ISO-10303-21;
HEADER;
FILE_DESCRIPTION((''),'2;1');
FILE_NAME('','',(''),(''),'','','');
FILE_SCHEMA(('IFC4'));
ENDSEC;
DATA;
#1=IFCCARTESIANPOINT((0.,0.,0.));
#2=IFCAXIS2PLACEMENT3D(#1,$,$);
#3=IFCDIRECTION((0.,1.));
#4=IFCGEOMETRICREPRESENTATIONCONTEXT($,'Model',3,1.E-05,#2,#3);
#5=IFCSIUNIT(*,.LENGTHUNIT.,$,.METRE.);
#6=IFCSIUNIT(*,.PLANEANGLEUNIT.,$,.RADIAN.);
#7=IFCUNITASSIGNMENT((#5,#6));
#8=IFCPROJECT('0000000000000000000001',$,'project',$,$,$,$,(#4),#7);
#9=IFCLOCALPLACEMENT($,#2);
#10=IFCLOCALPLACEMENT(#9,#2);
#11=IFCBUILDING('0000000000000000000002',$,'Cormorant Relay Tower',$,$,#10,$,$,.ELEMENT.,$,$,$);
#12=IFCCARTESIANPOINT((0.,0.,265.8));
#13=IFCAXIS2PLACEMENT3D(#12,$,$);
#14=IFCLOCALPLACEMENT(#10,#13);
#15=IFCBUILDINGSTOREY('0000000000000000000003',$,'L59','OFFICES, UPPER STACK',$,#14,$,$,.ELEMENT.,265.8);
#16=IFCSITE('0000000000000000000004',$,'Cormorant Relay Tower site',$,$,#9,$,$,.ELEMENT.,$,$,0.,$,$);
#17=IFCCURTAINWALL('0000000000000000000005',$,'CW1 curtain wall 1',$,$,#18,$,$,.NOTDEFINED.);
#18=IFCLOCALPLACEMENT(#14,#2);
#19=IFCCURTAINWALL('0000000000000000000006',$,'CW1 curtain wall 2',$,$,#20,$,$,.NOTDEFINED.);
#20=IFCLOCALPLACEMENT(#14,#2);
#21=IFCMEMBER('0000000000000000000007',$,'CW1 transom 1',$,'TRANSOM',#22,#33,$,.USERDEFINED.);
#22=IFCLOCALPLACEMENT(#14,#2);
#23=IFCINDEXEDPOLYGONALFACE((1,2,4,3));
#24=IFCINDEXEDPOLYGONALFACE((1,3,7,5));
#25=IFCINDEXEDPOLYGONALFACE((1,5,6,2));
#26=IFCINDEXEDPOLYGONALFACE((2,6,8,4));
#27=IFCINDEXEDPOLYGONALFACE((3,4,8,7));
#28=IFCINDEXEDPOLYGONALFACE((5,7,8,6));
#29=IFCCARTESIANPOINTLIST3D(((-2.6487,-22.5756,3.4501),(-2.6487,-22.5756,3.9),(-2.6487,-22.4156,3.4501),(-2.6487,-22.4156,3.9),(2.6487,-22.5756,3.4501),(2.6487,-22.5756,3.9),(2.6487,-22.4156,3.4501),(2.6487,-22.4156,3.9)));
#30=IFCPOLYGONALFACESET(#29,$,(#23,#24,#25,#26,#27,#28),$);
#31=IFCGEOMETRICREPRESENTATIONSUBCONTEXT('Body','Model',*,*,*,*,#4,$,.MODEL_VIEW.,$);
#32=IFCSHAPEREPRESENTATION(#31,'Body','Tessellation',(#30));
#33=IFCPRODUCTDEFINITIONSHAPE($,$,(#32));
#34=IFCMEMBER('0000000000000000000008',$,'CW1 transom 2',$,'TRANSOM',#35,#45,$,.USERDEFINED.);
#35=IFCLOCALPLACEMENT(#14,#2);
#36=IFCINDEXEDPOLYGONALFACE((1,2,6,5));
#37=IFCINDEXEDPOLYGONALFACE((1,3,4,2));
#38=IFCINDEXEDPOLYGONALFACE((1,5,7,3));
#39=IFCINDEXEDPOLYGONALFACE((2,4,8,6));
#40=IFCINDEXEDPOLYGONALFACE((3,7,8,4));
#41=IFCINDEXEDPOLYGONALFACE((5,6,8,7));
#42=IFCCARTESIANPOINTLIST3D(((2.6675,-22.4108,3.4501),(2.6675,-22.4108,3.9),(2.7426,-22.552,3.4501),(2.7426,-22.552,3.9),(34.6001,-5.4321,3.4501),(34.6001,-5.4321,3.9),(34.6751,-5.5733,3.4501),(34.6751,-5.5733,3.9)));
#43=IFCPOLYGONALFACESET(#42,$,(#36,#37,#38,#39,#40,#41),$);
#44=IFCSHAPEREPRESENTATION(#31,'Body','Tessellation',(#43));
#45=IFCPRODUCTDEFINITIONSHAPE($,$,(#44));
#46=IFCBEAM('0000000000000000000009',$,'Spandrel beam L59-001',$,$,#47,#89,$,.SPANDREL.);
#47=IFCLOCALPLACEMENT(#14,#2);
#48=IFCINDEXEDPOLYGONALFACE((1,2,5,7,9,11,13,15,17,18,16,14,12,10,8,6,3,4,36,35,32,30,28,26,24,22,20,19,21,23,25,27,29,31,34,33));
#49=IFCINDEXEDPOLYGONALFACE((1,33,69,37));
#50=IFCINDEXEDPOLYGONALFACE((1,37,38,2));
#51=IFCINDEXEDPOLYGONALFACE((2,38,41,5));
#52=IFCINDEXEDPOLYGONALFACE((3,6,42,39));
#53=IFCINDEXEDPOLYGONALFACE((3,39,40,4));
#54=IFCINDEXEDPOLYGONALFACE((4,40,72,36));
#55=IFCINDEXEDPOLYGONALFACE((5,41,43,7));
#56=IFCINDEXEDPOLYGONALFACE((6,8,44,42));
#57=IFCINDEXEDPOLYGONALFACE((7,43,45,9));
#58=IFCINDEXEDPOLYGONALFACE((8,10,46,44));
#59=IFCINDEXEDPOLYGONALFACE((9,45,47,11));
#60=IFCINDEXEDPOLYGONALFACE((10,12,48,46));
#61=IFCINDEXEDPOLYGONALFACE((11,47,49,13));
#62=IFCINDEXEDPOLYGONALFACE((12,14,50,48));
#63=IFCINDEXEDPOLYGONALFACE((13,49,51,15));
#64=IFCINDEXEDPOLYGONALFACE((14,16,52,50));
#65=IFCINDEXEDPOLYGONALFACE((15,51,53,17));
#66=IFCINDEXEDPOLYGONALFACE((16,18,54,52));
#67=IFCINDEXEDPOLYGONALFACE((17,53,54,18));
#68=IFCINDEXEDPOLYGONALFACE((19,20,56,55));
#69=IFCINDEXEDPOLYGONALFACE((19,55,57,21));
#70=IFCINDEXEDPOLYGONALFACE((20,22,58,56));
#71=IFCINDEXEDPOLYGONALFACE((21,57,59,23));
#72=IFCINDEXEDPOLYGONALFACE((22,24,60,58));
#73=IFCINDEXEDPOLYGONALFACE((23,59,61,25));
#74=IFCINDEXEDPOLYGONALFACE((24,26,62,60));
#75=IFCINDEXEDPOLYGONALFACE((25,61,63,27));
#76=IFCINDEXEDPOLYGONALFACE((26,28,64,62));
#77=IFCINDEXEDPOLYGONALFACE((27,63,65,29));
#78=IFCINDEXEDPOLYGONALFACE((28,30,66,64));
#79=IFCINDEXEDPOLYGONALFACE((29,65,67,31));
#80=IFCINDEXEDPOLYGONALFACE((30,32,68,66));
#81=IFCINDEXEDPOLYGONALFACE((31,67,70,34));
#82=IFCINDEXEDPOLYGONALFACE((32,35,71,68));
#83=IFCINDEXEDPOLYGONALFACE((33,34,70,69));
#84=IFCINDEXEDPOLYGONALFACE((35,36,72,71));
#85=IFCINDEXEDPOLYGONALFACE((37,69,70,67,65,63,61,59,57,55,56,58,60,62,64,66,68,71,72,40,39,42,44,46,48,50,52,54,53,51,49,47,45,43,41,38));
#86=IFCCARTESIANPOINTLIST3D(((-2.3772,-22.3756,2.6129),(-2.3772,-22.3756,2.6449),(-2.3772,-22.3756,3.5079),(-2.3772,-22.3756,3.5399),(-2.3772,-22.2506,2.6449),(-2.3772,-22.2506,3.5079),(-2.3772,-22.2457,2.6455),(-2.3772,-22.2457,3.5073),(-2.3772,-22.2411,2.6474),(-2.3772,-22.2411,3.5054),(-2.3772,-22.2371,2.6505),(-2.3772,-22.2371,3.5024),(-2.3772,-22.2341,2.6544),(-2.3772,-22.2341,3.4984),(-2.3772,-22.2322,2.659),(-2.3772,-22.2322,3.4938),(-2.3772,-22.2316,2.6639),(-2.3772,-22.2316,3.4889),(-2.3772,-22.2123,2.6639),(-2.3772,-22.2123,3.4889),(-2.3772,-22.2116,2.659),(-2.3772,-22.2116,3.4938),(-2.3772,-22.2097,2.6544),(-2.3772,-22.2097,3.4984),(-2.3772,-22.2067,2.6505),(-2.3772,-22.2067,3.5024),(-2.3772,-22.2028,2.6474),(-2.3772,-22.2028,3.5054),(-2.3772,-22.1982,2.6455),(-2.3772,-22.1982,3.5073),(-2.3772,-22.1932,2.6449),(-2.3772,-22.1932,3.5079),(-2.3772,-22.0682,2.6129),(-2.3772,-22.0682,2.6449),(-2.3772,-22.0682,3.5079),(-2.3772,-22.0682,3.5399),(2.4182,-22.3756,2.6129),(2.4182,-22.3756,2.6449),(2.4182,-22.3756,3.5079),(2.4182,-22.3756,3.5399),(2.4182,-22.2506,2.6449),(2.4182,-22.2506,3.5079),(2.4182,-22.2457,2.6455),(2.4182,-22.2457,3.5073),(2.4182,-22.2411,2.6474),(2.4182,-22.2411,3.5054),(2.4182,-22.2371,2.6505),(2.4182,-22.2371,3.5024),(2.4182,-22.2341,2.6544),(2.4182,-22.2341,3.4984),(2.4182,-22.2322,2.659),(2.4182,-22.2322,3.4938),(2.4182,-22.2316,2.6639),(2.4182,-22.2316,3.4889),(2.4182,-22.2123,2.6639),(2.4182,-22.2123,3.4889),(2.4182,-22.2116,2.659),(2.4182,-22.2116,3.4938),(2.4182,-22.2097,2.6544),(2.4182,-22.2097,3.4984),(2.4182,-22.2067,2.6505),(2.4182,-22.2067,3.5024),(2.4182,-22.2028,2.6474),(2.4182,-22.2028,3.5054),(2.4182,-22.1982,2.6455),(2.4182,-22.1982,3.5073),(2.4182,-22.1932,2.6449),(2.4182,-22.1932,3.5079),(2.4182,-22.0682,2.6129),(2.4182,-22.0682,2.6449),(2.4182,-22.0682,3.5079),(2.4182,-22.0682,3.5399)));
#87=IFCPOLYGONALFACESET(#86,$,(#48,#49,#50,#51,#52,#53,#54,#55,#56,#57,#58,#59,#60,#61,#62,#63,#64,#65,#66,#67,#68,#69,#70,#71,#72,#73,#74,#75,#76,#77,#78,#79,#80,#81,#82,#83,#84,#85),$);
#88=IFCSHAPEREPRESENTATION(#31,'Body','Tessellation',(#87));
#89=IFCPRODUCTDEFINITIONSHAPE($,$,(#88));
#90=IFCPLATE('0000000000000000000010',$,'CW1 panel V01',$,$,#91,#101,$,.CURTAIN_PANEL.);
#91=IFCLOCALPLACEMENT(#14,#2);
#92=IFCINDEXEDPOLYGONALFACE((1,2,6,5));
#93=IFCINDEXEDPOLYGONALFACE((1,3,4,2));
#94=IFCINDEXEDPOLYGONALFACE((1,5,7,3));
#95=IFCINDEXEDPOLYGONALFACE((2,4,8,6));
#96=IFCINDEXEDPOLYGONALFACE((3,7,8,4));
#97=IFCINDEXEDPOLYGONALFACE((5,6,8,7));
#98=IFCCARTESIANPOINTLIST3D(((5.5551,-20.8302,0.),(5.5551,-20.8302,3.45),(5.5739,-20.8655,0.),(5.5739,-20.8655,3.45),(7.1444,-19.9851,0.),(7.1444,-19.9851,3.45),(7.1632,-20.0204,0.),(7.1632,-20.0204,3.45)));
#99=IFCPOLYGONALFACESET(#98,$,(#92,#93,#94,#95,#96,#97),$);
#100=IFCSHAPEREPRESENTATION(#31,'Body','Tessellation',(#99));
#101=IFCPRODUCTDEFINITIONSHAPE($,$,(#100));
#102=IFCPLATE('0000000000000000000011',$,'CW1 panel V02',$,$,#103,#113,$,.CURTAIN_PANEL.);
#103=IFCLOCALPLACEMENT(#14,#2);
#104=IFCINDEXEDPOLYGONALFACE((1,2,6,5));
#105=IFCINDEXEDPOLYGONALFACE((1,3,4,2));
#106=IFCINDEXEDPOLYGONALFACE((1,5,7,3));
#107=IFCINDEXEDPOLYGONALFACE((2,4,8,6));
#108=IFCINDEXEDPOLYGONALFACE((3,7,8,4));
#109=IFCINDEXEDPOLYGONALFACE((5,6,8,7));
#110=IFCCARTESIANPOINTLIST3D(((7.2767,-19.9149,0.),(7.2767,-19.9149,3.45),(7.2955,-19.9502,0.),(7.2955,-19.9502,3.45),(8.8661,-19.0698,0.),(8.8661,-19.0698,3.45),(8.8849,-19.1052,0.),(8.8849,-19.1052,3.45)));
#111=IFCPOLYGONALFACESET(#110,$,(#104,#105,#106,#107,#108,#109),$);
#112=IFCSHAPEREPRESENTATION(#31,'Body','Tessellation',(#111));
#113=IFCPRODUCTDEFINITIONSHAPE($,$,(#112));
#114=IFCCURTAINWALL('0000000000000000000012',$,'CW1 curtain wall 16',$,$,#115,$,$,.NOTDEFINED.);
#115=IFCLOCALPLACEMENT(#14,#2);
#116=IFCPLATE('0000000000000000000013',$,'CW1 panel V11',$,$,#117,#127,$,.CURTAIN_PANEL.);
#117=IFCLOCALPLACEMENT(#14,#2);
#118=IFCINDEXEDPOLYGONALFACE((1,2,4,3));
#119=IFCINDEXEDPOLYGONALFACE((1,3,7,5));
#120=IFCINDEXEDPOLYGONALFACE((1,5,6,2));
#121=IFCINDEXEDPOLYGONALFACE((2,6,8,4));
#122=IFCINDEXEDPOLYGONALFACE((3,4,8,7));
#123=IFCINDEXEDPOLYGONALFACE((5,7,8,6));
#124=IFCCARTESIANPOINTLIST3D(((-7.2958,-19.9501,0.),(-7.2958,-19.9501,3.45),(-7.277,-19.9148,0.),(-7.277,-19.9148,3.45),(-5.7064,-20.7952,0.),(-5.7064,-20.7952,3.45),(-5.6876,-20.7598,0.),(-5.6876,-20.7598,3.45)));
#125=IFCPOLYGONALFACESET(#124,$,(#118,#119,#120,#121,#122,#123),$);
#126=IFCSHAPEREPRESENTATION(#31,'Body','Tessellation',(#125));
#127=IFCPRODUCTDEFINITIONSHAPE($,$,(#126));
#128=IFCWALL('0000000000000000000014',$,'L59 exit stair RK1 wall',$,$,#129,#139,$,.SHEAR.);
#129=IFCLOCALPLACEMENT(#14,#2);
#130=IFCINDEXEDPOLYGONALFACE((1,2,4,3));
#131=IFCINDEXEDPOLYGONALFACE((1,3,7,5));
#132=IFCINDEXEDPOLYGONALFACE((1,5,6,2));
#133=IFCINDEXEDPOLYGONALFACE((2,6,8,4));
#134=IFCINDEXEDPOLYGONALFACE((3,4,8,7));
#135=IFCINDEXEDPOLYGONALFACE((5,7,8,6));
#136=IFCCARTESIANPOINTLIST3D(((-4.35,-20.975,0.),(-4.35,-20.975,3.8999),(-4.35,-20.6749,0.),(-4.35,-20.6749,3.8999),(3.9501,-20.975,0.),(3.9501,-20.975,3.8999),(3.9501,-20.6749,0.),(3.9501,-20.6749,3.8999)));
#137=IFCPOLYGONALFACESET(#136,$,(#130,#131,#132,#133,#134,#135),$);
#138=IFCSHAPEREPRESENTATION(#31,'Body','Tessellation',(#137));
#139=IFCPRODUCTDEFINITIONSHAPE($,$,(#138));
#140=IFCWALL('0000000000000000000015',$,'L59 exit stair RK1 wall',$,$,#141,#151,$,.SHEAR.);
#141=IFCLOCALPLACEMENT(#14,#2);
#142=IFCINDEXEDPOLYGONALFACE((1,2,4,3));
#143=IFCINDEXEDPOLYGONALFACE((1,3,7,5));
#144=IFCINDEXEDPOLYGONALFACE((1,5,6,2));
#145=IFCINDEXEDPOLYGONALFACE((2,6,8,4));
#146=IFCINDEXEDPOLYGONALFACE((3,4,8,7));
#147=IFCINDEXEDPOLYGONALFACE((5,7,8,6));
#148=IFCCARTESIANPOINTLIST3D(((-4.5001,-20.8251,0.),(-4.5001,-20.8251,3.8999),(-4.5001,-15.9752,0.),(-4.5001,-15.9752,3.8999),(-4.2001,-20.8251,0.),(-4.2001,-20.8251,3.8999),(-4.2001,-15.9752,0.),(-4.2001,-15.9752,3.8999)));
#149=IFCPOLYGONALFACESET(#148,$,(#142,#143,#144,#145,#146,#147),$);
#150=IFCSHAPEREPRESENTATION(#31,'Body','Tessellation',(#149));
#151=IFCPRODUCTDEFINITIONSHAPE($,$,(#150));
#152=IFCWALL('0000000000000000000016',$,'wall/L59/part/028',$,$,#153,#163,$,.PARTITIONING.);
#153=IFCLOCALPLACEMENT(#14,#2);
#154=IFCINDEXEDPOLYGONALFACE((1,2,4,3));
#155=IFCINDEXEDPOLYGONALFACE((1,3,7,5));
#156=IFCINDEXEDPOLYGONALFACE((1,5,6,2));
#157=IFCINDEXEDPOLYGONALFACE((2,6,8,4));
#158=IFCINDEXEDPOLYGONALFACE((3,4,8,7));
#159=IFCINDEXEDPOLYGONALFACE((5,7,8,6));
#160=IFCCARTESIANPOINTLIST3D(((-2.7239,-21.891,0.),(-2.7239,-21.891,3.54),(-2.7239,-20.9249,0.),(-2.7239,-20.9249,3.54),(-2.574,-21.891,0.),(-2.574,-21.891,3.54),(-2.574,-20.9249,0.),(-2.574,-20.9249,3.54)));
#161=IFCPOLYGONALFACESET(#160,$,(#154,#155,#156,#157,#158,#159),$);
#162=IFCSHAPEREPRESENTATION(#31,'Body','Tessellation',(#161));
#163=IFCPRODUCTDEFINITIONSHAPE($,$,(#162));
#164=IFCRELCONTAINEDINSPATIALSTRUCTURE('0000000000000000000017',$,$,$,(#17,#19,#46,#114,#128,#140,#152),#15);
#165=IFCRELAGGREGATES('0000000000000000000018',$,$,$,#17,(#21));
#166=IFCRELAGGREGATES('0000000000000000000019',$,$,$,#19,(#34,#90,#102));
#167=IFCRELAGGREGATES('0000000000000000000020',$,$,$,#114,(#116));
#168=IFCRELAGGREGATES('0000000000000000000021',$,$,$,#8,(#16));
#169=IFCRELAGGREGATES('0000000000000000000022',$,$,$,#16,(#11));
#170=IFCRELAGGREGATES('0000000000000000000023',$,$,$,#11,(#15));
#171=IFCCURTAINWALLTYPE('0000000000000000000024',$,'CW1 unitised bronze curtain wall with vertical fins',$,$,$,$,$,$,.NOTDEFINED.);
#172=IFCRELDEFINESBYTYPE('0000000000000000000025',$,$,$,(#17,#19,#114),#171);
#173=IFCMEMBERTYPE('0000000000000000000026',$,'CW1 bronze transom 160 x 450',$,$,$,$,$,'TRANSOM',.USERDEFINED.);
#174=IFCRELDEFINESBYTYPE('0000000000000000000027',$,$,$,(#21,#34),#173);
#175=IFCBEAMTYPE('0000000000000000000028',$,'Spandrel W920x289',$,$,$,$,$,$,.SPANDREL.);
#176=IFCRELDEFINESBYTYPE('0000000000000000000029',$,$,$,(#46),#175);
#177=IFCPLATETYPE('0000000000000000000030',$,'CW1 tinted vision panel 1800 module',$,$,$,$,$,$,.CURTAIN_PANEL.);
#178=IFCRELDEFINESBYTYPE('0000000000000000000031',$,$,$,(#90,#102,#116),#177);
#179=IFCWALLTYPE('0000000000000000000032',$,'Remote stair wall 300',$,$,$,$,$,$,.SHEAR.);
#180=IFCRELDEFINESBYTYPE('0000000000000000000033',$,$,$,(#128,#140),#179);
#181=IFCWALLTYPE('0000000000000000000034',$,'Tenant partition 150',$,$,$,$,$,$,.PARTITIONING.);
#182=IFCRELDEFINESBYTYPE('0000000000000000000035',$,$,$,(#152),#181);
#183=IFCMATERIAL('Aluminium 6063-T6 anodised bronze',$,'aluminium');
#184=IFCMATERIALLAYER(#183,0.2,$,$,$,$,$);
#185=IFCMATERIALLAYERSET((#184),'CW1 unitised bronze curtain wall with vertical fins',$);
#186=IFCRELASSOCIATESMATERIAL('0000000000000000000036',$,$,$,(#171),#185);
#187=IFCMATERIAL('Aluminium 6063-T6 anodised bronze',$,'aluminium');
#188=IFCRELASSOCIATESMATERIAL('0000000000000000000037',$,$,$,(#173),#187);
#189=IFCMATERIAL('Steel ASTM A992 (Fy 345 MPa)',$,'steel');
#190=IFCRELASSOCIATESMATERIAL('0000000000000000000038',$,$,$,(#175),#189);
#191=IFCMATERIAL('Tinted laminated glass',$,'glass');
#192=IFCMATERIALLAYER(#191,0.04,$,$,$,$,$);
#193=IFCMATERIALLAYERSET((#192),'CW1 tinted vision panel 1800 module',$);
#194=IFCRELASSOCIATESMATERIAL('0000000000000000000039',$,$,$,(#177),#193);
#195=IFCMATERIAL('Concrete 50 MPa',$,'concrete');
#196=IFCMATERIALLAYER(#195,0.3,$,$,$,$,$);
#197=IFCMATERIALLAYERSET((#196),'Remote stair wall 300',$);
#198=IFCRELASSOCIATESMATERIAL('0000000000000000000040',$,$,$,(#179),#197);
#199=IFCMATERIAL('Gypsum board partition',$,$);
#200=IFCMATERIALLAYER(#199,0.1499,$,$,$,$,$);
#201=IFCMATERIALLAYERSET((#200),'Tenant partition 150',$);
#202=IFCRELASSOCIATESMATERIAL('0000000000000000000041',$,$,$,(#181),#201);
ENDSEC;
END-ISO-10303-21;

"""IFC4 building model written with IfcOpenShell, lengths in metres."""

from ifc_helpers import new_model, si_unit, direction, frame, frame_2d, origin, origin_2d, place, context, subcontext, project, spatial, rectangle, i_section, extrude, material, layer, layer_set, material_profile, profile_set, type_object, element, aggregate, save


model = new_model("IFC4")

# Units and contexts
model_context = context("Model", 3, precision=1e-05, world=origin(), true_north=direction((0.0, 1.0)))
body_context = subcontext(model_context, "Body", "Model", "MODEL_VIEW")
ifc_project = project(units=[si_unit("LENGTHUNIT", "METRE"), si_unit("PLANEANGLEUNIT", "RADIAN")], contexts=[model_context])

# Site, building, storey
site_placement = place(None, origin())
site = spatial("IfcSite", under=ifc_project, at=site_placement, Name="Cormorant Relay Tower site", CompositionType="ELEMENT", RefElevation=0.0)
building_placement = place(site_placement, origin())
building = spatial("IfcBuilding", under=site, at=building_placement, Name="Cormorant Relay Tower", CompositionType="ELEMENT")
storey_placement = place(building_placement, frame((0.0, 0.0, 265.8)))
storey = spatial("IfcBuildingStorey", under=building, at=storey_placement, Name="L59", Description="OFFICES, UPPER STACK", CompositionType="ELEMENT", Elevation=265.8)

# Curtain wall
ifc_material_1 = material(Name="Aluminium 6063-T6 anodised bronze", Category="aluminium")
ifc_layer_1 = layer(ifc_material_1, 0.2)
ifc_layer_set_1 = layer_set([ifc_layer_1], Name="CW1 unitised bronze curtain wall with vertical fins")
curtain_wall_type = type_object("IfcCurtainWallType", Name="CW1 unitised bronze curtain wall with vertical fins", PredefinedType="NOTDEFINED", material=ifc_layer_set_1)
curtain_wall_1_placement = place(storey_placement, origin())
curtain_wall_1 = element("IfcCurtainWall", 1, at=curtain_wall_1_placement, inside=storey, type_object=curtain_wall_type, Name="CW1 curtain wall 1", PredefinedType="NOTDEFINED")

# Curtain wall
curtain_wall_2_placement = place(storey_placement, origin())
curtain_wall_2 = element("IfcCurtainWall", 2, at=curtain_wall_2_placement, inside=storey, type_object=curtain_wall_type, Name="CW1 curtain wall 2", PredefinedType="NOTDEFINED")

# Members
ifc_material_2 = material(Name="Aluminium 6063-T6 anodised bronze", Category="aluminium")
ifc_material_profile_1 = material_profile(ifc_material_2, rectangle(XDim=0.1599, YDim=0.45, at=origin_2d()), Name="AL 160x450")
ifc_profile_set_1 = profile_set([ifc_material_profile_1], Name="Aluminium 6063-T6 anodised bronze")
member_type_1 = type_object("IfcMemberType", Name="CW1 bronze transom 160 x 450", ElementType="TRANSOM", PredefinedType="USERDEFINED", material=ifc_profile_set_1)
member_1_placement = place(storey_placement, frame((-2.6487, -22.4956, 3.675), z_axis=(1.0, 0.0, 0.0), x_axis=(0.0, 1.0, 0.0)))
member_1 = element("IfcMember", 3, at=member_1_placement, type_object=member_type_1, Name="CW1 transom 1", ObjectType="TRANSOM", PredefinedType="USERDEFINED", context=body_context, shape_type="SweptSolid", body=[
    extrude(rectangle(XDim=0.1599, YDim=0.45, at=origin_2d()), origin(), (0.0, 0.0, 1.0), 5.2974),
])
member_2_placement = place(storey_placement, frame((2.7051, -22.4814, 3.675), z_axis=(0.882949, 0.469469, 0.0), x_axis=(-0.469469, 0.882949, 0.0)))
member_2 = element("IfcMember", 4, at=member_2_placement, type_object=member_type_1, Name="CW1 transom 2", ObjectType="TRANSOM", PredefinedType="USERDEFINED", context=body_context, shape_type="SweptSolid", body=[
    extrude(rectangle(XDim=0.1599, YDim=0.45, at=origin_2d()), origin(), (0.0, 0.0, 1.0), 36.1658),
])

# Beam
ifc_material_3 = material(Name="Steel ASTM A992 (Fy 345 MPa)", Category="steel")
ifc_material_profile_2 = material_profile(ifc_material_3, i_section(OverallWidth=0.3074, OverallDepth=0.927, WebThickness=0.0193, FlangeThickness=0.032, FilletRadius=0.019, at=origin_2d()), Name="W920x289")
ifc_profile_set_2 = profile_set([ifc_material_profile_2], Name="Steel ASTM A992 (Fy 345 MPa)")
beam_type = type_object("IfcBeamType", Name="Spandrel W920x289", PredefinedType="SPANDREL", material=ifc_profile_set_2)
beam_placement = place(storey_placement, frame((-2.3772, -22.2219, 3.0764), z_axis=(1.0, 0.0, 0.0), x_axis=(0.0, 1.0, 0.0)))
element("IfcBeam", 5, at=beam_placement, inside=storey, type_object=beam_type, Name="Spandrel beam L59-001", PredefinedType="SPANDREL", context=body_context, shape_type="SweptSolid", body=[
    extrude(i_section(OverallWidth=0.3074, OverallDepth=0.927, WebThickness=0.0193, FlangeThickness=0.032, FilletRadius=0.019, at=origin_2d()), origin(), (0.0, 0.0, 1.0), 4.7954),
])

# Plates
ifc_material_4 = material(Name="Tinted laminated glass", Category="glass")
ifc_layer_2 = layer(ifc_material_4, 0.04)
ifc_layer_set_2 = layer_set([ifc_layer_2], Name="CW1 tinted vision panel 1800 module")
plate_type = type_object("IfcPlateType", Name="CW1 tinted vision panel 1800 module", PredefinedType="CURTAIN_PANEL", material=ifc_layer_set_2)
plate_1_placement = place(storey_placement, frame((6.3591, -20.4253, 0.0), z_axis=(0.0, 0.0, 1.0), x_axis=(0.882948, 0.469472, 0.0)))
plate_1 = element("IfcPlate", 6, at=plate_1_placement, type_object=plate_type, Name="CW1 panel V01", PredefinedType="CURTAIN_PANEL", context=body_context, shape_type="SweptSolid", body=[
    extrude(rectangle(XDim=1.8, YDim=0.04, at=origin_2d()), origin(), (0.0, 0.0, 1.0), 3.45),
])
plate_2_placement = place(storey_placement, frame((8.0808, -19.51, 0.0), z_axis=(0.0, 0.0, 1.0), x_axis=(0.882948, 0.469472, 0.0)))
plate_2 = element("IfcPlate", 7, at=plate_2_placement, type_object=plate_type, Name="CW1 panel V02", PredefinedType="CURTAIN_PANEL", context=body_context, shape_type="SweptSolid", body=[
    extrude(rectangle(XDim=1.8, YDim=0.04, at=origin_2d()), origin(), (0.0, 0.0, 1.0), 3.45),
])

# Curtain wall, plate
curtain_wall_3_placement = place(storey_placement, origin())
curtain_wall_3 = element("IfcCurtainWall", 8, at=curtain_wall_3_placement, inside=storey, type_object=curtain_wall_type, Name="CW1 curtain wall 16", PredefinedType="NOTDEFINED")
plate_3_placement = place(storey_placement, frame((-6.4917, -20.355, 0.0), z_axis=(0.0, 0.0, 1.0), x_axis=(0.882948, -0.469472, 0.0)))
plate_3 = element("IfcPlate", 9, at=plate_3_placement, type_object=plate_type, Name="CW1 panel V11", PredefinedType="CURTAIN_PANEL", context=body_context, shape_type="SweptSolid", body=[
    extrude(rectangle(XDim=1.8, YDim=0.04, at=origin_2d()), origin(), (0.0, 0.0, 1.0), 3.45),
])

# Walls
ifc_material_5 = material(Name="Concrete 50 MPa", Category="concrete")
ifc_layer_3 = layer(ifc_material_5, 0.3)
ifc_layer_set_3 = layer_set([ifc_layer_3], Name="Remote stair wall 300")
wall_type_1 = type_object("IfcWallType", Name="Remote stair wall 300", PredefinedType="SHEAR", material=ifc_layer_set_3)
wall_1_placement = place(storey_placement, frame((3.95, -20.825, 0.0), z_axis=(0.0, 0.0, 1.0), x_axis=(-1.0, 0.0, 0.0)))
element("IfcWall", 10, at=wall_1_placement, inside=storey, type_object=wall_type_1, Name="L59 exit stair RK1 wall", PredefinedType="SHEAR", context=body_context, shape_type="SweptSolid", body=[
    extrude(rectangle(XDim=8.3, YDim=0.3, at=frame_2d((4.1499, 0.0))), origin(), (0.0, 0.0, 1.0), 3.8999),
])
wall_2_placement = place(storey_placement, frame((-4.3501, -20.825, 0.0), z_axis=(0.0, 0.0, 1.0), x_axis=(0.0, 1.0, 0.0)))
element("IfcWall", 11, at=wall_2_placement, inside=storey, type_object=wall_type_1, Name="L59 exit stair RK1 wall", PredefinedType="SHEAR", context=body_context, shape_type="SweptSolid", body=[
    extrude(rectangle(XDim=4.8499, YDim=0.3, at=frame_2d((2.4248, 0.0))), origin(), (0.0, 0.0, 1.0), 3.8999),
])
ifc_material_6 = material(Name="Gypsum board partition")
ifc_layer_4 = layer(ifc_material_6, 0.1499)
ifc_layer_set_4 = layer_set([ifc_layer_4], Name="Tenant partition 150")
wall_type_2 = type_object("IfcWallType", Name="Tenant partition 150", PredefinedType="PARTITIONING", material=ifc_layer_set_4)
wall_3_placement = place(storey_placement, frame((-2.6489, -20.925, 0.0), z_axis=(0.0, 0.0, 1.0), x_axis=(0.0, -1.0, 0.0)))
element("IfcWall", 12, at=wall_3_placement, inside=storey, type_object=wall_type_2, Name="wall/L59/part/028", PredefinedType="PARTITIONING", context=body_context, shape_type="SweptSolid", body=[
    extrude(rectangle(XDim=0.9661, YDim=0.1499, at=frame_2d((0.4829, 0.0))), origin(), (0.0, 0.0, 1.0), 3.54),
])

aggregate(curtain_wall_1, [member_1])
aggregate(curtain_wall_2, [member_2, plate_1, plate_2])
aggregate(curtain_wall_3, [plate_3])

save(model, "model.ifc")
